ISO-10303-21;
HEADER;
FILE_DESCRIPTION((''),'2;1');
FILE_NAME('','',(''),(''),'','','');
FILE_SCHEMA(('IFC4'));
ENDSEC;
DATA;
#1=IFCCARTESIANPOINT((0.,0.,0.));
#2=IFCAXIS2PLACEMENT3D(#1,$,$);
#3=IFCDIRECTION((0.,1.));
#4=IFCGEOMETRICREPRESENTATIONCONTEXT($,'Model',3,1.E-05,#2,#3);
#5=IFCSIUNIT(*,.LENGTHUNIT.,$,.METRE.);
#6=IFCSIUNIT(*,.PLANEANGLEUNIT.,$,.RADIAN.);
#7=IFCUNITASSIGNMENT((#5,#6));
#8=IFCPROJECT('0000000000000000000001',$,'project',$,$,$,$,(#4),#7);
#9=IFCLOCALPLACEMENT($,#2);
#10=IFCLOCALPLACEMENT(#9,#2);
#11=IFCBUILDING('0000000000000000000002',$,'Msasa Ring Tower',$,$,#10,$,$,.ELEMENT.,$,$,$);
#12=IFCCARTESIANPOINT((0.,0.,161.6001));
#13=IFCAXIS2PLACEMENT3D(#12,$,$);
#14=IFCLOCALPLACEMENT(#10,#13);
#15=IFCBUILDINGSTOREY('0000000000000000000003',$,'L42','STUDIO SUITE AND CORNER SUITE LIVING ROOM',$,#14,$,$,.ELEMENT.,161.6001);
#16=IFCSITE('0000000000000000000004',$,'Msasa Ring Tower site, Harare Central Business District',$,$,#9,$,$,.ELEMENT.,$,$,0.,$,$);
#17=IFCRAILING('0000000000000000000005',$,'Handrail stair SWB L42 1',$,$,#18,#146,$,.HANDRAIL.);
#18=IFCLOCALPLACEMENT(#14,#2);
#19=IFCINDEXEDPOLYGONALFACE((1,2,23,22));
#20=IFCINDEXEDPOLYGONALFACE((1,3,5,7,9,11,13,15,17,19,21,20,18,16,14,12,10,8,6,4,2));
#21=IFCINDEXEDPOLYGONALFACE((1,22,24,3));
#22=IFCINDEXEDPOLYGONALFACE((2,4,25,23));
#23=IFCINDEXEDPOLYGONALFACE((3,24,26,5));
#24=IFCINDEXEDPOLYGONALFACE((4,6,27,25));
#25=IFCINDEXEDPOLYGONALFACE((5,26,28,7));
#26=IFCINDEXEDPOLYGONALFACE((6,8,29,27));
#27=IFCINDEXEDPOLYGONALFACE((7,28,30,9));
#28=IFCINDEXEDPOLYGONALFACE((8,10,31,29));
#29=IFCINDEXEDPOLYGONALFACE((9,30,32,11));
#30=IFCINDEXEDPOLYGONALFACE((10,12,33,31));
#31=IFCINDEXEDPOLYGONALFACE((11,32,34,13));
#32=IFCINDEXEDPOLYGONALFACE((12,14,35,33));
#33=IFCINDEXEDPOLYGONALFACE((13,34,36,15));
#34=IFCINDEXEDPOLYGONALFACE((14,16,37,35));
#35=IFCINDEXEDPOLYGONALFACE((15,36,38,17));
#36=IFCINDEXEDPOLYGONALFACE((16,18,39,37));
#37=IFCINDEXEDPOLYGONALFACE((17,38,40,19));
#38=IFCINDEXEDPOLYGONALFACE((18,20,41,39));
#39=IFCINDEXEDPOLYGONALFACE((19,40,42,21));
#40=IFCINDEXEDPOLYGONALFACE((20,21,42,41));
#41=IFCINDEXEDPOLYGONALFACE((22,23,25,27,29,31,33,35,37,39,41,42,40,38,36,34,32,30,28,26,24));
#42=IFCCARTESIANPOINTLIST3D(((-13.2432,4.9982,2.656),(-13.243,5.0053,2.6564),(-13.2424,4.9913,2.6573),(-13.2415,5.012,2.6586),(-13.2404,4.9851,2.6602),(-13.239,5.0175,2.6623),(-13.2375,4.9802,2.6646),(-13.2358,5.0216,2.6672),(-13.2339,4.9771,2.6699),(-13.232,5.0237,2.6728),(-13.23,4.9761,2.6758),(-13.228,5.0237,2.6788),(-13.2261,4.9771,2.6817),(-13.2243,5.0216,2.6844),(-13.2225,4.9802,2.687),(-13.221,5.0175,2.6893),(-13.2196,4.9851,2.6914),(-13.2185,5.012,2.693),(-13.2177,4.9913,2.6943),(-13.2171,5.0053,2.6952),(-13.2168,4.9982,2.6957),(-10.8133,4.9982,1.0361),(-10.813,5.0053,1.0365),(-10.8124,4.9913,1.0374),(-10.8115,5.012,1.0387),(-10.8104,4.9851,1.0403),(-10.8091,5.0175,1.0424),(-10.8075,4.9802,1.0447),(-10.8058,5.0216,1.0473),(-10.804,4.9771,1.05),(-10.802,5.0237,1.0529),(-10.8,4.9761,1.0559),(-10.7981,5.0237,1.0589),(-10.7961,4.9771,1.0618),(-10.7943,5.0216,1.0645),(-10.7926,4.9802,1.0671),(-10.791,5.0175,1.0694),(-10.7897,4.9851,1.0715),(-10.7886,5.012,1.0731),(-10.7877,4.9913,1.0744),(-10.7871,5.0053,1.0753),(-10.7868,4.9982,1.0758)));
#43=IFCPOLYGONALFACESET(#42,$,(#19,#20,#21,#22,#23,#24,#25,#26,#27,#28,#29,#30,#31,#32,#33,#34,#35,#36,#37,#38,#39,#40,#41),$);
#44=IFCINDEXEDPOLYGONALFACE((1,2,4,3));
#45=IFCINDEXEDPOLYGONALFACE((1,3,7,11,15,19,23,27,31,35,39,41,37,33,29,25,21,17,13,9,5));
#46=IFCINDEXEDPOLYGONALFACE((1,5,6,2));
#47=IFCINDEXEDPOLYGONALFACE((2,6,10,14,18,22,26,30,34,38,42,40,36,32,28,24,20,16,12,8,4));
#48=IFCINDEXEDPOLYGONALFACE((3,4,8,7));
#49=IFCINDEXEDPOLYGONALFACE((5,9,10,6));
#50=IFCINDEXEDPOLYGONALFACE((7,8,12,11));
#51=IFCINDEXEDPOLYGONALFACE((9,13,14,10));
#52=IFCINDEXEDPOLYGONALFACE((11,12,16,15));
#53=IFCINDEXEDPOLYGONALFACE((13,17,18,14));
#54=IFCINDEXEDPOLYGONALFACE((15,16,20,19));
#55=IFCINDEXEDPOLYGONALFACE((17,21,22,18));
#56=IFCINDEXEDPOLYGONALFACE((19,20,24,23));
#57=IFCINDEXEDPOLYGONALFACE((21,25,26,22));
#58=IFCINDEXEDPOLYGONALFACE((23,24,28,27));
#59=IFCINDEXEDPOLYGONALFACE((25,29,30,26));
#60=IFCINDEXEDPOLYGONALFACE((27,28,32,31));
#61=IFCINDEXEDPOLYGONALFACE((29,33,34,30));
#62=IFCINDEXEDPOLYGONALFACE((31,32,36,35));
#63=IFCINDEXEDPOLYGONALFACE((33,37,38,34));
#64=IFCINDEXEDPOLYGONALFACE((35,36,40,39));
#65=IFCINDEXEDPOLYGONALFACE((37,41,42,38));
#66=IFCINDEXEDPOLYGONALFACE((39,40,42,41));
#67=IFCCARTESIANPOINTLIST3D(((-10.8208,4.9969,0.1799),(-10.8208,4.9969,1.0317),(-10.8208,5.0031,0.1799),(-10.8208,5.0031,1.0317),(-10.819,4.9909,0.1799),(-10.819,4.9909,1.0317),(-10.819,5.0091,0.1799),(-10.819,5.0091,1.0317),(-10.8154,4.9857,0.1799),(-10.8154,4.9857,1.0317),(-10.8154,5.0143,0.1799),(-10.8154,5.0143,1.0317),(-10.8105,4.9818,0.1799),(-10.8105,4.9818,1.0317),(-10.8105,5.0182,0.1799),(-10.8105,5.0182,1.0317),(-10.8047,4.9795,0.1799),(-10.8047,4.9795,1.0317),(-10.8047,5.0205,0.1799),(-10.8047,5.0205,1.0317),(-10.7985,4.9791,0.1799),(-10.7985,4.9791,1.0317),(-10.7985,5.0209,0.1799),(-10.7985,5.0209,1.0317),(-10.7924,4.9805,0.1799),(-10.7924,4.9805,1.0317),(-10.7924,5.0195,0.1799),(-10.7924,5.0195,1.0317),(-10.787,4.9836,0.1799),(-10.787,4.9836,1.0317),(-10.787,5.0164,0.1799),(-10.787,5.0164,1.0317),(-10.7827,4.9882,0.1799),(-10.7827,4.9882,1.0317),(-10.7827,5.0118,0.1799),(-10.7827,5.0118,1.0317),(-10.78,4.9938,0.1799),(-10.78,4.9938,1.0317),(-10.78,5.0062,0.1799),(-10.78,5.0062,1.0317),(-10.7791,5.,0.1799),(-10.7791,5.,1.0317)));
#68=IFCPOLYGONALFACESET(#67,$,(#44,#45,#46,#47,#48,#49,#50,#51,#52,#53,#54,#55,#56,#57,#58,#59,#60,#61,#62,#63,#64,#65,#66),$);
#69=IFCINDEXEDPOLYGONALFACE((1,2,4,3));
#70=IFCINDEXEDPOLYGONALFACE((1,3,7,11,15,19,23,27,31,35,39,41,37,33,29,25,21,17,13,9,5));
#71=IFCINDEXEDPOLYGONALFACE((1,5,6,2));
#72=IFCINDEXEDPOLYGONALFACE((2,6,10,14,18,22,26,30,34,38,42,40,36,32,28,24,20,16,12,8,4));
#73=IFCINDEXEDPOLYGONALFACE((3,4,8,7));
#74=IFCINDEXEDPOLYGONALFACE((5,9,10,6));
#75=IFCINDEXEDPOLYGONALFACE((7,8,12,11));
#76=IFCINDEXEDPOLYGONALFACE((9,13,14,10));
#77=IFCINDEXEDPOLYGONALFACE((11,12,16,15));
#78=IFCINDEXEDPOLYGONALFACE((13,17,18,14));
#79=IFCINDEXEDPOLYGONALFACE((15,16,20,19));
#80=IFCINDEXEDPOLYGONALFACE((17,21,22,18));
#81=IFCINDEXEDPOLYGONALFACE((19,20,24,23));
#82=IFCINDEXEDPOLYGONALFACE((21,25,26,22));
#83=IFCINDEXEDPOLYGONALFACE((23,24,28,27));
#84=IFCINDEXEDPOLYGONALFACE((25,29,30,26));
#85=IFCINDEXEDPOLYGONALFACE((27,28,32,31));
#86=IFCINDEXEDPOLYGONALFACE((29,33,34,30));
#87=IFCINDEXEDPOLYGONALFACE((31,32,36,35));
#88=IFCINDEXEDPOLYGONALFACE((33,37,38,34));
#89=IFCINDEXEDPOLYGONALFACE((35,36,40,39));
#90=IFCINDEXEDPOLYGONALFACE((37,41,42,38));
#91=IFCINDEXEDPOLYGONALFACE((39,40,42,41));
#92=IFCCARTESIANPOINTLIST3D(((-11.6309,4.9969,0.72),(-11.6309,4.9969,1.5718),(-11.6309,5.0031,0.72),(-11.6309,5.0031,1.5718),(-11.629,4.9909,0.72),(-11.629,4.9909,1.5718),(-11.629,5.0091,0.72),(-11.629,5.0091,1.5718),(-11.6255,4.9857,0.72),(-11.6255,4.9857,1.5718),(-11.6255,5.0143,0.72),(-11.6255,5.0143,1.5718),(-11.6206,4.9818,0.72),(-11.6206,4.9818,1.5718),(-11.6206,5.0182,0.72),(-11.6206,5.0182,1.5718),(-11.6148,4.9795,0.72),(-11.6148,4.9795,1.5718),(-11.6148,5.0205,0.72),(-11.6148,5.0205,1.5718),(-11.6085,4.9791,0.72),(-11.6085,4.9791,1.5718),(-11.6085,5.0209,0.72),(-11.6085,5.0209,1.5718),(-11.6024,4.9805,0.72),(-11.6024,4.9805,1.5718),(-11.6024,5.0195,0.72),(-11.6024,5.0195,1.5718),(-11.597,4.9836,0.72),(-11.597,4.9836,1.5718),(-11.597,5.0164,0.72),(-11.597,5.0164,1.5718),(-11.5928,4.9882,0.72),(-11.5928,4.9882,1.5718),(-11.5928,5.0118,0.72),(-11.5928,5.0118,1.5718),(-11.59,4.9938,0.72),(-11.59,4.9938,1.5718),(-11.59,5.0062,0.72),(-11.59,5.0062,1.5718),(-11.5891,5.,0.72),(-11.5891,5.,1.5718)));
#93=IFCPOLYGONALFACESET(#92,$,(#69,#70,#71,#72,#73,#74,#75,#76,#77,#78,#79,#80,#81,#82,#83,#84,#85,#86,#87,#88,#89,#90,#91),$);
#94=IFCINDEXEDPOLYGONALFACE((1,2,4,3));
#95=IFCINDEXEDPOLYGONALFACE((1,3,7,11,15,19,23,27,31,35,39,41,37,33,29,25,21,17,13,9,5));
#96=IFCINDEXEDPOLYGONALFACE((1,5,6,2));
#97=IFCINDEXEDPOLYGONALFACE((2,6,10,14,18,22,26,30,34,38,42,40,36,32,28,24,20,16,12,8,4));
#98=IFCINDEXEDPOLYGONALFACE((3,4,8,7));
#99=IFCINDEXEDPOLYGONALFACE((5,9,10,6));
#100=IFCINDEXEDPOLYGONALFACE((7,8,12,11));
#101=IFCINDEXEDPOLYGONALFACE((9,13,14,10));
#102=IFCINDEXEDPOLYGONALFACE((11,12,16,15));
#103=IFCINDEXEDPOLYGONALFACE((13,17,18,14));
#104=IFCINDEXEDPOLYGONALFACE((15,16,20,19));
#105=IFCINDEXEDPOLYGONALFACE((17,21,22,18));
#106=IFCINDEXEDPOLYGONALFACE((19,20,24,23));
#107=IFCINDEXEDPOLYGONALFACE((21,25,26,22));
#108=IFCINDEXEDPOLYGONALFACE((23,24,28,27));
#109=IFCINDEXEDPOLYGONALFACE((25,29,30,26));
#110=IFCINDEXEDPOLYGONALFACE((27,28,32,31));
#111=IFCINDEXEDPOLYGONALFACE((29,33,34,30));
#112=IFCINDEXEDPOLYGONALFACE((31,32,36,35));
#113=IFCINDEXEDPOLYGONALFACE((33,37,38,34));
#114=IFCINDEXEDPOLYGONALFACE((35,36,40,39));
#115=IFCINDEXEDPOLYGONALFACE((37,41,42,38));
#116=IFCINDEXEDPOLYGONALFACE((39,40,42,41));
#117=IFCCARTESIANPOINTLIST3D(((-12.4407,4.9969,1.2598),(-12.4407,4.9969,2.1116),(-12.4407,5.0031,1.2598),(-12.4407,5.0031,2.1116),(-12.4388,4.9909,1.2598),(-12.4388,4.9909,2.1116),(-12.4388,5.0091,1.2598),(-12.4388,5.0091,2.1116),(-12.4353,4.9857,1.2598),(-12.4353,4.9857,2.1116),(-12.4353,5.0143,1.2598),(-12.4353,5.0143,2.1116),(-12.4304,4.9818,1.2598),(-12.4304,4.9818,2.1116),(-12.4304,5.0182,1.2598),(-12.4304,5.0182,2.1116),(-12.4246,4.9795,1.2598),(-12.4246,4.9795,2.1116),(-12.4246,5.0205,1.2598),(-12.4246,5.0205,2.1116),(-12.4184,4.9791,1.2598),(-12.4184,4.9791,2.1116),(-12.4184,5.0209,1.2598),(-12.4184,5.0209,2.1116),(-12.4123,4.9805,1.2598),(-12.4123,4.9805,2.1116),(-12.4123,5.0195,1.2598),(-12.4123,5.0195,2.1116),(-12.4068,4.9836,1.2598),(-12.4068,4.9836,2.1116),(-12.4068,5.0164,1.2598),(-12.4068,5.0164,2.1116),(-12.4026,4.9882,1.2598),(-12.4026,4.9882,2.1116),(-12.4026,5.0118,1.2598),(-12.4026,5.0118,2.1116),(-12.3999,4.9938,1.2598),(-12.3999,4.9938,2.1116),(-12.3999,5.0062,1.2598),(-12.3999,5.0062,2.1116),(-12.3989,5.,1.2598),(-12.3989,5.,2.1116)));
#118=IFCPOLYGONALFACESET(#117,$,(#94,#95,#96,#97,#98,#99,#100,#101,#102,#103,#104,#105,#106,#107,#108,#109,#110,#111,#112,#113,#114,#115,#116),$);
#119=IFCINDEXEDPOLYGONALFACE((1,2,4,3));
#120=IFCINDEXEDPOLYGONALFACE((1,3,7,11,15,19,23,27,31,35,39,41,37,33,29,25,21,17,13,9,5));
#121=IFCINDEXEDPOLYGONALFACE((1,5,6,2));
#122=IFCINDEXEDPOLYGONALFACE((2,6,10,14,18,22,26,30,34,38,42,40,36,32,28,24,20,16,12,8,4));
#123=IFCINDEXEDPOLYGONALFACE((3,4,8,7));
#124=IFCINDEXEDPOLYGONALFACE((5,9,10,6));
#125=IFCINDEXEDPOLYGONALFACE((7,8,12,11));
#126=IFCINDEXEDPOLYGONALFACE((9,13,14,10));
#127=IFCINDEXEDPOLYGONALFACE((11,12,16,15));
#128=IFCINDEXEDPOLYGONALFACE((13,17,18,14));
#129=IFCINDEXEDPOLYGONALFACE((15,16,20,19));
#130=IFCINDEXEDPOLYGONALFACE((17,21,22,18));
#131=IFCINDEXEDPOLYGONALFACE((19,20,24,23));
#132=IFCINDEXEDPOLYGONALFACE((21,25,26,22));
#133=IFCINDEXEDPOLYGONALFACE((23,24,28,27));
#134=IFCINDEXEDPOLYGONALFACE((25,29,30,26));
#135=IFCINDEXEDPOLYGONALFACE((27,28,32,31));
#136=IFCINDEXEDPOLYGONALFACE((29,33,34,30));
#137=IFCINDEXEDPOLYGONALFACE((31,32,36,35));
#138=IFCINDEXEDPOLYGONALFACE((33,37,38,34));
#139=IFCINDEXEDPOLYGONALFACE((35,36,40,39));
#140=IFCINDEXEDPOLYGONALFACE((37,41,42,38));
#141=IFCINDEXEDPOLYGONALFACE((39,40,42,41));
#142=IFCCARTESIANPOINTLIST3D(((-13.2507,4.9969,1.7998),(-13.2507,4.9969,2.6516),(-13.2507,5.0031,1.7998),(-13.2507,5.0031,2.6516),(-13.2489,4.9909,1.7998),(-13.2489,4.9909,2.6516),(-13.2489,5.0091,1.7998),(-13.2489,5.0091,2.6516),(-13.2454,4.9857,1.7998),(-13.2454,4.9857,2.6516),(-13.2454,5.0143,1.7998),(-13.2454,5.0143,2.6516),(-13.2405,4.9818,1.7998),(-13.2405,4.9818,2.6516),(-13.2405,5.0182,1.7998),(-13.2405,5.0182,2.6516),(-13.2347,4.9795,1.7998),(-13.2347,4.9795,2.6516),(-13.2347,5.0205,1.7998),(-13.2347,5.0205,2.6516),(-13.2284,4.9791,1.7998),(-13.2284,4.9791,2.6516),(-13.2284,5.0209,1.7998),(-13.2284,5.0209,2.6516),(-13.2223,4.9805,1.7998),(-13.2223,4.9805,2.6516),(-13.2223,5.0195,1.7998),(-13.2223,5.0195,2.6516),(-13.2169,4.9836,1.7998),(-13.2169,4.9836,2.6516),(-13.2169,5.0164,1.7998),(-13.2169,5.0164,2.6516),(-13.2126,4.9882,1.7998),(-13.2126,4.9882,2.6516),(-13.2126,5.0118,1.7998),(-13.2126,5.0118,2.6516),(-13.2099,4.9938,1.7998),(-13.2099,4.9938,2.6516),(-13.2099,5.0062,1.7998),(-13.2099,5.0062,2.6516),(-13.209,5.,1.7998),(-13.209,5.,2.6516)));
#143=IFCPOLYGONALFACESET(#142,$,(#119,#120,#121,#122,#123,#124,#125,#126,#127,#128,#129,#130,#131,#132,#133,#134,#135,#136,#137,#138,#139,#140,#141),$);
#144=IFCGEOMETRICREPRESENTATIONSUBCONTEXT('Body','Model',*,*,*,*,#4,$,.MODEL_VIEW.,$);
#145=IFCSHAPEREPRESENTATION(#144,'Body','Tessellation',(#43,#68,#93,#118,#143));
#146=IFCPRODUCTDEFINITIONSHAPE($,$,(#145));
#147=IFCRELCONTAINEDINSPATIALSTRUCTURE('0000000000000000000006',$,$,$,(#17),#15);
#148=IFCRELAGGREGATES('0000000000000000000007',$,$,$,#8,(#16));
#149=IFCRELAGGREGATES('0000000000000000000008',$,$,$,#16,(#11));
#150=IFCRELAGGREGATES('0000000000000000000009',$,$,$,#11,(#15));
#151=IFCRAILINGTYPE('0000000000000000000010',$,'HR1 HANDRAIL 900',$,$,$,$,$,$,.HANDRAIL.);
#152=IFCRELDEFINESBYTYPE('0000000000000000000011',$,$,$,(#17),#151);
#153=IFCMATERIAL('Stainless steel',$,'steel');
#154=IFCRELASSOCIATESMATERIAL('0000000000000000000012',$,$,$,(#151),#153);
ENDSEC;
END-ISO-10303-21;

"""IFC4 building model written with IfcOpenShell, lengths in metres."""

from ifc_helpers import new_model, si_unit, direction, frame, origin, origin_2d, place, context, subcontext, project, spatial, circle, extrude, material, type_object, element, save


model = new_model("IFC4")

# Units and contexts
model_context = context("Model", 3, precision=1e-05, world=origin(), true_north=direction((0.0, 1.0)))
body_context = subcontext(model_context, "Body", "Model", "MODEL_VIEW")
ifc_project = project(units=[si_unit("LENGTHUNIT", "METRE"), si_unit("PLANEANGLEUNIT", "RADIAN")], contexts=[model_context])

# Site, building, storey
site_placement = place(None, origin())
site = spatial("IfcSite", under=ifc_project, at=site_placement, Name="Msasa Ring Tower site, Harare Central Business District", CompositionType="ELEMENT", RefElevation=0.0)
building_placement = place(site_placement, origin())
building = spatial("IfcBuilding", under=site, at=building_placement, Name="Msasa Ring Tower", CompositionType="ELEMENT")
storey_placement = place(building_placement, frame((0.0, 0.0, 161.6001)))
storey = spatial("IfcBuildingStorey", under=building, at=storey_placement, Name="L42", Description="STUDIO SUITE AND CORNER SUITE LIVING ROOM", CompositionType="ELEMENT", Elevation=161.6001)

# Railing
ifc_material_1 = material(Name="Stainless steel", Category="steel")
railing_type = type_object("IfcRailingType", Name="HR1 HANDRAIL 900", PredefinedType="HANDRAIL", material=ifc_material_1)
for number, where, name in (
    (1, (-10.8, 5.0, 0.1799), "Handrail stair SWB L42 1"),
):
    element("IfcRailing", number, at=place(storey_placement, frame(where)), inside=storey, type_object=railing_type, Name=name, PredefinedType="HANDRAIL", context=body_context, shape_type="SweptSolid", body=[
        extrude(circle(Radius=0.0239, at=origin_2d()), frame((0.0, 0.0, 0.876), z_axis=(-0.832063, 0.0, 0.554681), x_axis=(0.0, -1.0, 0.0)), (0.0, 0.0, 1.0), 2.9204),
        extrude(circle(Radius=0.021, at=origin_2d()), origin(), (0.0, 0.0, 1.0), 0.8518),
        extrude(circle(Radius=0.021, at=origin_2d()), frame((-0.8101, 0.0, 0.54)), (0.0, 0.0, 1.0), 0.8518),
        extrude(circle(Radius=0.021, at=origin_2d()), frame((-1.6199, 0.0, 1.0798)), (0.0, 0.0, 1.0), 0.8518),
        extrude(circle(Radius=0.021, at=origin_2d()), frame((-2.4299, 0.0, 1.6199)), (0.0, 0.0, 1.0), 0.8518),
    ])

save(model, "model.ifc")
